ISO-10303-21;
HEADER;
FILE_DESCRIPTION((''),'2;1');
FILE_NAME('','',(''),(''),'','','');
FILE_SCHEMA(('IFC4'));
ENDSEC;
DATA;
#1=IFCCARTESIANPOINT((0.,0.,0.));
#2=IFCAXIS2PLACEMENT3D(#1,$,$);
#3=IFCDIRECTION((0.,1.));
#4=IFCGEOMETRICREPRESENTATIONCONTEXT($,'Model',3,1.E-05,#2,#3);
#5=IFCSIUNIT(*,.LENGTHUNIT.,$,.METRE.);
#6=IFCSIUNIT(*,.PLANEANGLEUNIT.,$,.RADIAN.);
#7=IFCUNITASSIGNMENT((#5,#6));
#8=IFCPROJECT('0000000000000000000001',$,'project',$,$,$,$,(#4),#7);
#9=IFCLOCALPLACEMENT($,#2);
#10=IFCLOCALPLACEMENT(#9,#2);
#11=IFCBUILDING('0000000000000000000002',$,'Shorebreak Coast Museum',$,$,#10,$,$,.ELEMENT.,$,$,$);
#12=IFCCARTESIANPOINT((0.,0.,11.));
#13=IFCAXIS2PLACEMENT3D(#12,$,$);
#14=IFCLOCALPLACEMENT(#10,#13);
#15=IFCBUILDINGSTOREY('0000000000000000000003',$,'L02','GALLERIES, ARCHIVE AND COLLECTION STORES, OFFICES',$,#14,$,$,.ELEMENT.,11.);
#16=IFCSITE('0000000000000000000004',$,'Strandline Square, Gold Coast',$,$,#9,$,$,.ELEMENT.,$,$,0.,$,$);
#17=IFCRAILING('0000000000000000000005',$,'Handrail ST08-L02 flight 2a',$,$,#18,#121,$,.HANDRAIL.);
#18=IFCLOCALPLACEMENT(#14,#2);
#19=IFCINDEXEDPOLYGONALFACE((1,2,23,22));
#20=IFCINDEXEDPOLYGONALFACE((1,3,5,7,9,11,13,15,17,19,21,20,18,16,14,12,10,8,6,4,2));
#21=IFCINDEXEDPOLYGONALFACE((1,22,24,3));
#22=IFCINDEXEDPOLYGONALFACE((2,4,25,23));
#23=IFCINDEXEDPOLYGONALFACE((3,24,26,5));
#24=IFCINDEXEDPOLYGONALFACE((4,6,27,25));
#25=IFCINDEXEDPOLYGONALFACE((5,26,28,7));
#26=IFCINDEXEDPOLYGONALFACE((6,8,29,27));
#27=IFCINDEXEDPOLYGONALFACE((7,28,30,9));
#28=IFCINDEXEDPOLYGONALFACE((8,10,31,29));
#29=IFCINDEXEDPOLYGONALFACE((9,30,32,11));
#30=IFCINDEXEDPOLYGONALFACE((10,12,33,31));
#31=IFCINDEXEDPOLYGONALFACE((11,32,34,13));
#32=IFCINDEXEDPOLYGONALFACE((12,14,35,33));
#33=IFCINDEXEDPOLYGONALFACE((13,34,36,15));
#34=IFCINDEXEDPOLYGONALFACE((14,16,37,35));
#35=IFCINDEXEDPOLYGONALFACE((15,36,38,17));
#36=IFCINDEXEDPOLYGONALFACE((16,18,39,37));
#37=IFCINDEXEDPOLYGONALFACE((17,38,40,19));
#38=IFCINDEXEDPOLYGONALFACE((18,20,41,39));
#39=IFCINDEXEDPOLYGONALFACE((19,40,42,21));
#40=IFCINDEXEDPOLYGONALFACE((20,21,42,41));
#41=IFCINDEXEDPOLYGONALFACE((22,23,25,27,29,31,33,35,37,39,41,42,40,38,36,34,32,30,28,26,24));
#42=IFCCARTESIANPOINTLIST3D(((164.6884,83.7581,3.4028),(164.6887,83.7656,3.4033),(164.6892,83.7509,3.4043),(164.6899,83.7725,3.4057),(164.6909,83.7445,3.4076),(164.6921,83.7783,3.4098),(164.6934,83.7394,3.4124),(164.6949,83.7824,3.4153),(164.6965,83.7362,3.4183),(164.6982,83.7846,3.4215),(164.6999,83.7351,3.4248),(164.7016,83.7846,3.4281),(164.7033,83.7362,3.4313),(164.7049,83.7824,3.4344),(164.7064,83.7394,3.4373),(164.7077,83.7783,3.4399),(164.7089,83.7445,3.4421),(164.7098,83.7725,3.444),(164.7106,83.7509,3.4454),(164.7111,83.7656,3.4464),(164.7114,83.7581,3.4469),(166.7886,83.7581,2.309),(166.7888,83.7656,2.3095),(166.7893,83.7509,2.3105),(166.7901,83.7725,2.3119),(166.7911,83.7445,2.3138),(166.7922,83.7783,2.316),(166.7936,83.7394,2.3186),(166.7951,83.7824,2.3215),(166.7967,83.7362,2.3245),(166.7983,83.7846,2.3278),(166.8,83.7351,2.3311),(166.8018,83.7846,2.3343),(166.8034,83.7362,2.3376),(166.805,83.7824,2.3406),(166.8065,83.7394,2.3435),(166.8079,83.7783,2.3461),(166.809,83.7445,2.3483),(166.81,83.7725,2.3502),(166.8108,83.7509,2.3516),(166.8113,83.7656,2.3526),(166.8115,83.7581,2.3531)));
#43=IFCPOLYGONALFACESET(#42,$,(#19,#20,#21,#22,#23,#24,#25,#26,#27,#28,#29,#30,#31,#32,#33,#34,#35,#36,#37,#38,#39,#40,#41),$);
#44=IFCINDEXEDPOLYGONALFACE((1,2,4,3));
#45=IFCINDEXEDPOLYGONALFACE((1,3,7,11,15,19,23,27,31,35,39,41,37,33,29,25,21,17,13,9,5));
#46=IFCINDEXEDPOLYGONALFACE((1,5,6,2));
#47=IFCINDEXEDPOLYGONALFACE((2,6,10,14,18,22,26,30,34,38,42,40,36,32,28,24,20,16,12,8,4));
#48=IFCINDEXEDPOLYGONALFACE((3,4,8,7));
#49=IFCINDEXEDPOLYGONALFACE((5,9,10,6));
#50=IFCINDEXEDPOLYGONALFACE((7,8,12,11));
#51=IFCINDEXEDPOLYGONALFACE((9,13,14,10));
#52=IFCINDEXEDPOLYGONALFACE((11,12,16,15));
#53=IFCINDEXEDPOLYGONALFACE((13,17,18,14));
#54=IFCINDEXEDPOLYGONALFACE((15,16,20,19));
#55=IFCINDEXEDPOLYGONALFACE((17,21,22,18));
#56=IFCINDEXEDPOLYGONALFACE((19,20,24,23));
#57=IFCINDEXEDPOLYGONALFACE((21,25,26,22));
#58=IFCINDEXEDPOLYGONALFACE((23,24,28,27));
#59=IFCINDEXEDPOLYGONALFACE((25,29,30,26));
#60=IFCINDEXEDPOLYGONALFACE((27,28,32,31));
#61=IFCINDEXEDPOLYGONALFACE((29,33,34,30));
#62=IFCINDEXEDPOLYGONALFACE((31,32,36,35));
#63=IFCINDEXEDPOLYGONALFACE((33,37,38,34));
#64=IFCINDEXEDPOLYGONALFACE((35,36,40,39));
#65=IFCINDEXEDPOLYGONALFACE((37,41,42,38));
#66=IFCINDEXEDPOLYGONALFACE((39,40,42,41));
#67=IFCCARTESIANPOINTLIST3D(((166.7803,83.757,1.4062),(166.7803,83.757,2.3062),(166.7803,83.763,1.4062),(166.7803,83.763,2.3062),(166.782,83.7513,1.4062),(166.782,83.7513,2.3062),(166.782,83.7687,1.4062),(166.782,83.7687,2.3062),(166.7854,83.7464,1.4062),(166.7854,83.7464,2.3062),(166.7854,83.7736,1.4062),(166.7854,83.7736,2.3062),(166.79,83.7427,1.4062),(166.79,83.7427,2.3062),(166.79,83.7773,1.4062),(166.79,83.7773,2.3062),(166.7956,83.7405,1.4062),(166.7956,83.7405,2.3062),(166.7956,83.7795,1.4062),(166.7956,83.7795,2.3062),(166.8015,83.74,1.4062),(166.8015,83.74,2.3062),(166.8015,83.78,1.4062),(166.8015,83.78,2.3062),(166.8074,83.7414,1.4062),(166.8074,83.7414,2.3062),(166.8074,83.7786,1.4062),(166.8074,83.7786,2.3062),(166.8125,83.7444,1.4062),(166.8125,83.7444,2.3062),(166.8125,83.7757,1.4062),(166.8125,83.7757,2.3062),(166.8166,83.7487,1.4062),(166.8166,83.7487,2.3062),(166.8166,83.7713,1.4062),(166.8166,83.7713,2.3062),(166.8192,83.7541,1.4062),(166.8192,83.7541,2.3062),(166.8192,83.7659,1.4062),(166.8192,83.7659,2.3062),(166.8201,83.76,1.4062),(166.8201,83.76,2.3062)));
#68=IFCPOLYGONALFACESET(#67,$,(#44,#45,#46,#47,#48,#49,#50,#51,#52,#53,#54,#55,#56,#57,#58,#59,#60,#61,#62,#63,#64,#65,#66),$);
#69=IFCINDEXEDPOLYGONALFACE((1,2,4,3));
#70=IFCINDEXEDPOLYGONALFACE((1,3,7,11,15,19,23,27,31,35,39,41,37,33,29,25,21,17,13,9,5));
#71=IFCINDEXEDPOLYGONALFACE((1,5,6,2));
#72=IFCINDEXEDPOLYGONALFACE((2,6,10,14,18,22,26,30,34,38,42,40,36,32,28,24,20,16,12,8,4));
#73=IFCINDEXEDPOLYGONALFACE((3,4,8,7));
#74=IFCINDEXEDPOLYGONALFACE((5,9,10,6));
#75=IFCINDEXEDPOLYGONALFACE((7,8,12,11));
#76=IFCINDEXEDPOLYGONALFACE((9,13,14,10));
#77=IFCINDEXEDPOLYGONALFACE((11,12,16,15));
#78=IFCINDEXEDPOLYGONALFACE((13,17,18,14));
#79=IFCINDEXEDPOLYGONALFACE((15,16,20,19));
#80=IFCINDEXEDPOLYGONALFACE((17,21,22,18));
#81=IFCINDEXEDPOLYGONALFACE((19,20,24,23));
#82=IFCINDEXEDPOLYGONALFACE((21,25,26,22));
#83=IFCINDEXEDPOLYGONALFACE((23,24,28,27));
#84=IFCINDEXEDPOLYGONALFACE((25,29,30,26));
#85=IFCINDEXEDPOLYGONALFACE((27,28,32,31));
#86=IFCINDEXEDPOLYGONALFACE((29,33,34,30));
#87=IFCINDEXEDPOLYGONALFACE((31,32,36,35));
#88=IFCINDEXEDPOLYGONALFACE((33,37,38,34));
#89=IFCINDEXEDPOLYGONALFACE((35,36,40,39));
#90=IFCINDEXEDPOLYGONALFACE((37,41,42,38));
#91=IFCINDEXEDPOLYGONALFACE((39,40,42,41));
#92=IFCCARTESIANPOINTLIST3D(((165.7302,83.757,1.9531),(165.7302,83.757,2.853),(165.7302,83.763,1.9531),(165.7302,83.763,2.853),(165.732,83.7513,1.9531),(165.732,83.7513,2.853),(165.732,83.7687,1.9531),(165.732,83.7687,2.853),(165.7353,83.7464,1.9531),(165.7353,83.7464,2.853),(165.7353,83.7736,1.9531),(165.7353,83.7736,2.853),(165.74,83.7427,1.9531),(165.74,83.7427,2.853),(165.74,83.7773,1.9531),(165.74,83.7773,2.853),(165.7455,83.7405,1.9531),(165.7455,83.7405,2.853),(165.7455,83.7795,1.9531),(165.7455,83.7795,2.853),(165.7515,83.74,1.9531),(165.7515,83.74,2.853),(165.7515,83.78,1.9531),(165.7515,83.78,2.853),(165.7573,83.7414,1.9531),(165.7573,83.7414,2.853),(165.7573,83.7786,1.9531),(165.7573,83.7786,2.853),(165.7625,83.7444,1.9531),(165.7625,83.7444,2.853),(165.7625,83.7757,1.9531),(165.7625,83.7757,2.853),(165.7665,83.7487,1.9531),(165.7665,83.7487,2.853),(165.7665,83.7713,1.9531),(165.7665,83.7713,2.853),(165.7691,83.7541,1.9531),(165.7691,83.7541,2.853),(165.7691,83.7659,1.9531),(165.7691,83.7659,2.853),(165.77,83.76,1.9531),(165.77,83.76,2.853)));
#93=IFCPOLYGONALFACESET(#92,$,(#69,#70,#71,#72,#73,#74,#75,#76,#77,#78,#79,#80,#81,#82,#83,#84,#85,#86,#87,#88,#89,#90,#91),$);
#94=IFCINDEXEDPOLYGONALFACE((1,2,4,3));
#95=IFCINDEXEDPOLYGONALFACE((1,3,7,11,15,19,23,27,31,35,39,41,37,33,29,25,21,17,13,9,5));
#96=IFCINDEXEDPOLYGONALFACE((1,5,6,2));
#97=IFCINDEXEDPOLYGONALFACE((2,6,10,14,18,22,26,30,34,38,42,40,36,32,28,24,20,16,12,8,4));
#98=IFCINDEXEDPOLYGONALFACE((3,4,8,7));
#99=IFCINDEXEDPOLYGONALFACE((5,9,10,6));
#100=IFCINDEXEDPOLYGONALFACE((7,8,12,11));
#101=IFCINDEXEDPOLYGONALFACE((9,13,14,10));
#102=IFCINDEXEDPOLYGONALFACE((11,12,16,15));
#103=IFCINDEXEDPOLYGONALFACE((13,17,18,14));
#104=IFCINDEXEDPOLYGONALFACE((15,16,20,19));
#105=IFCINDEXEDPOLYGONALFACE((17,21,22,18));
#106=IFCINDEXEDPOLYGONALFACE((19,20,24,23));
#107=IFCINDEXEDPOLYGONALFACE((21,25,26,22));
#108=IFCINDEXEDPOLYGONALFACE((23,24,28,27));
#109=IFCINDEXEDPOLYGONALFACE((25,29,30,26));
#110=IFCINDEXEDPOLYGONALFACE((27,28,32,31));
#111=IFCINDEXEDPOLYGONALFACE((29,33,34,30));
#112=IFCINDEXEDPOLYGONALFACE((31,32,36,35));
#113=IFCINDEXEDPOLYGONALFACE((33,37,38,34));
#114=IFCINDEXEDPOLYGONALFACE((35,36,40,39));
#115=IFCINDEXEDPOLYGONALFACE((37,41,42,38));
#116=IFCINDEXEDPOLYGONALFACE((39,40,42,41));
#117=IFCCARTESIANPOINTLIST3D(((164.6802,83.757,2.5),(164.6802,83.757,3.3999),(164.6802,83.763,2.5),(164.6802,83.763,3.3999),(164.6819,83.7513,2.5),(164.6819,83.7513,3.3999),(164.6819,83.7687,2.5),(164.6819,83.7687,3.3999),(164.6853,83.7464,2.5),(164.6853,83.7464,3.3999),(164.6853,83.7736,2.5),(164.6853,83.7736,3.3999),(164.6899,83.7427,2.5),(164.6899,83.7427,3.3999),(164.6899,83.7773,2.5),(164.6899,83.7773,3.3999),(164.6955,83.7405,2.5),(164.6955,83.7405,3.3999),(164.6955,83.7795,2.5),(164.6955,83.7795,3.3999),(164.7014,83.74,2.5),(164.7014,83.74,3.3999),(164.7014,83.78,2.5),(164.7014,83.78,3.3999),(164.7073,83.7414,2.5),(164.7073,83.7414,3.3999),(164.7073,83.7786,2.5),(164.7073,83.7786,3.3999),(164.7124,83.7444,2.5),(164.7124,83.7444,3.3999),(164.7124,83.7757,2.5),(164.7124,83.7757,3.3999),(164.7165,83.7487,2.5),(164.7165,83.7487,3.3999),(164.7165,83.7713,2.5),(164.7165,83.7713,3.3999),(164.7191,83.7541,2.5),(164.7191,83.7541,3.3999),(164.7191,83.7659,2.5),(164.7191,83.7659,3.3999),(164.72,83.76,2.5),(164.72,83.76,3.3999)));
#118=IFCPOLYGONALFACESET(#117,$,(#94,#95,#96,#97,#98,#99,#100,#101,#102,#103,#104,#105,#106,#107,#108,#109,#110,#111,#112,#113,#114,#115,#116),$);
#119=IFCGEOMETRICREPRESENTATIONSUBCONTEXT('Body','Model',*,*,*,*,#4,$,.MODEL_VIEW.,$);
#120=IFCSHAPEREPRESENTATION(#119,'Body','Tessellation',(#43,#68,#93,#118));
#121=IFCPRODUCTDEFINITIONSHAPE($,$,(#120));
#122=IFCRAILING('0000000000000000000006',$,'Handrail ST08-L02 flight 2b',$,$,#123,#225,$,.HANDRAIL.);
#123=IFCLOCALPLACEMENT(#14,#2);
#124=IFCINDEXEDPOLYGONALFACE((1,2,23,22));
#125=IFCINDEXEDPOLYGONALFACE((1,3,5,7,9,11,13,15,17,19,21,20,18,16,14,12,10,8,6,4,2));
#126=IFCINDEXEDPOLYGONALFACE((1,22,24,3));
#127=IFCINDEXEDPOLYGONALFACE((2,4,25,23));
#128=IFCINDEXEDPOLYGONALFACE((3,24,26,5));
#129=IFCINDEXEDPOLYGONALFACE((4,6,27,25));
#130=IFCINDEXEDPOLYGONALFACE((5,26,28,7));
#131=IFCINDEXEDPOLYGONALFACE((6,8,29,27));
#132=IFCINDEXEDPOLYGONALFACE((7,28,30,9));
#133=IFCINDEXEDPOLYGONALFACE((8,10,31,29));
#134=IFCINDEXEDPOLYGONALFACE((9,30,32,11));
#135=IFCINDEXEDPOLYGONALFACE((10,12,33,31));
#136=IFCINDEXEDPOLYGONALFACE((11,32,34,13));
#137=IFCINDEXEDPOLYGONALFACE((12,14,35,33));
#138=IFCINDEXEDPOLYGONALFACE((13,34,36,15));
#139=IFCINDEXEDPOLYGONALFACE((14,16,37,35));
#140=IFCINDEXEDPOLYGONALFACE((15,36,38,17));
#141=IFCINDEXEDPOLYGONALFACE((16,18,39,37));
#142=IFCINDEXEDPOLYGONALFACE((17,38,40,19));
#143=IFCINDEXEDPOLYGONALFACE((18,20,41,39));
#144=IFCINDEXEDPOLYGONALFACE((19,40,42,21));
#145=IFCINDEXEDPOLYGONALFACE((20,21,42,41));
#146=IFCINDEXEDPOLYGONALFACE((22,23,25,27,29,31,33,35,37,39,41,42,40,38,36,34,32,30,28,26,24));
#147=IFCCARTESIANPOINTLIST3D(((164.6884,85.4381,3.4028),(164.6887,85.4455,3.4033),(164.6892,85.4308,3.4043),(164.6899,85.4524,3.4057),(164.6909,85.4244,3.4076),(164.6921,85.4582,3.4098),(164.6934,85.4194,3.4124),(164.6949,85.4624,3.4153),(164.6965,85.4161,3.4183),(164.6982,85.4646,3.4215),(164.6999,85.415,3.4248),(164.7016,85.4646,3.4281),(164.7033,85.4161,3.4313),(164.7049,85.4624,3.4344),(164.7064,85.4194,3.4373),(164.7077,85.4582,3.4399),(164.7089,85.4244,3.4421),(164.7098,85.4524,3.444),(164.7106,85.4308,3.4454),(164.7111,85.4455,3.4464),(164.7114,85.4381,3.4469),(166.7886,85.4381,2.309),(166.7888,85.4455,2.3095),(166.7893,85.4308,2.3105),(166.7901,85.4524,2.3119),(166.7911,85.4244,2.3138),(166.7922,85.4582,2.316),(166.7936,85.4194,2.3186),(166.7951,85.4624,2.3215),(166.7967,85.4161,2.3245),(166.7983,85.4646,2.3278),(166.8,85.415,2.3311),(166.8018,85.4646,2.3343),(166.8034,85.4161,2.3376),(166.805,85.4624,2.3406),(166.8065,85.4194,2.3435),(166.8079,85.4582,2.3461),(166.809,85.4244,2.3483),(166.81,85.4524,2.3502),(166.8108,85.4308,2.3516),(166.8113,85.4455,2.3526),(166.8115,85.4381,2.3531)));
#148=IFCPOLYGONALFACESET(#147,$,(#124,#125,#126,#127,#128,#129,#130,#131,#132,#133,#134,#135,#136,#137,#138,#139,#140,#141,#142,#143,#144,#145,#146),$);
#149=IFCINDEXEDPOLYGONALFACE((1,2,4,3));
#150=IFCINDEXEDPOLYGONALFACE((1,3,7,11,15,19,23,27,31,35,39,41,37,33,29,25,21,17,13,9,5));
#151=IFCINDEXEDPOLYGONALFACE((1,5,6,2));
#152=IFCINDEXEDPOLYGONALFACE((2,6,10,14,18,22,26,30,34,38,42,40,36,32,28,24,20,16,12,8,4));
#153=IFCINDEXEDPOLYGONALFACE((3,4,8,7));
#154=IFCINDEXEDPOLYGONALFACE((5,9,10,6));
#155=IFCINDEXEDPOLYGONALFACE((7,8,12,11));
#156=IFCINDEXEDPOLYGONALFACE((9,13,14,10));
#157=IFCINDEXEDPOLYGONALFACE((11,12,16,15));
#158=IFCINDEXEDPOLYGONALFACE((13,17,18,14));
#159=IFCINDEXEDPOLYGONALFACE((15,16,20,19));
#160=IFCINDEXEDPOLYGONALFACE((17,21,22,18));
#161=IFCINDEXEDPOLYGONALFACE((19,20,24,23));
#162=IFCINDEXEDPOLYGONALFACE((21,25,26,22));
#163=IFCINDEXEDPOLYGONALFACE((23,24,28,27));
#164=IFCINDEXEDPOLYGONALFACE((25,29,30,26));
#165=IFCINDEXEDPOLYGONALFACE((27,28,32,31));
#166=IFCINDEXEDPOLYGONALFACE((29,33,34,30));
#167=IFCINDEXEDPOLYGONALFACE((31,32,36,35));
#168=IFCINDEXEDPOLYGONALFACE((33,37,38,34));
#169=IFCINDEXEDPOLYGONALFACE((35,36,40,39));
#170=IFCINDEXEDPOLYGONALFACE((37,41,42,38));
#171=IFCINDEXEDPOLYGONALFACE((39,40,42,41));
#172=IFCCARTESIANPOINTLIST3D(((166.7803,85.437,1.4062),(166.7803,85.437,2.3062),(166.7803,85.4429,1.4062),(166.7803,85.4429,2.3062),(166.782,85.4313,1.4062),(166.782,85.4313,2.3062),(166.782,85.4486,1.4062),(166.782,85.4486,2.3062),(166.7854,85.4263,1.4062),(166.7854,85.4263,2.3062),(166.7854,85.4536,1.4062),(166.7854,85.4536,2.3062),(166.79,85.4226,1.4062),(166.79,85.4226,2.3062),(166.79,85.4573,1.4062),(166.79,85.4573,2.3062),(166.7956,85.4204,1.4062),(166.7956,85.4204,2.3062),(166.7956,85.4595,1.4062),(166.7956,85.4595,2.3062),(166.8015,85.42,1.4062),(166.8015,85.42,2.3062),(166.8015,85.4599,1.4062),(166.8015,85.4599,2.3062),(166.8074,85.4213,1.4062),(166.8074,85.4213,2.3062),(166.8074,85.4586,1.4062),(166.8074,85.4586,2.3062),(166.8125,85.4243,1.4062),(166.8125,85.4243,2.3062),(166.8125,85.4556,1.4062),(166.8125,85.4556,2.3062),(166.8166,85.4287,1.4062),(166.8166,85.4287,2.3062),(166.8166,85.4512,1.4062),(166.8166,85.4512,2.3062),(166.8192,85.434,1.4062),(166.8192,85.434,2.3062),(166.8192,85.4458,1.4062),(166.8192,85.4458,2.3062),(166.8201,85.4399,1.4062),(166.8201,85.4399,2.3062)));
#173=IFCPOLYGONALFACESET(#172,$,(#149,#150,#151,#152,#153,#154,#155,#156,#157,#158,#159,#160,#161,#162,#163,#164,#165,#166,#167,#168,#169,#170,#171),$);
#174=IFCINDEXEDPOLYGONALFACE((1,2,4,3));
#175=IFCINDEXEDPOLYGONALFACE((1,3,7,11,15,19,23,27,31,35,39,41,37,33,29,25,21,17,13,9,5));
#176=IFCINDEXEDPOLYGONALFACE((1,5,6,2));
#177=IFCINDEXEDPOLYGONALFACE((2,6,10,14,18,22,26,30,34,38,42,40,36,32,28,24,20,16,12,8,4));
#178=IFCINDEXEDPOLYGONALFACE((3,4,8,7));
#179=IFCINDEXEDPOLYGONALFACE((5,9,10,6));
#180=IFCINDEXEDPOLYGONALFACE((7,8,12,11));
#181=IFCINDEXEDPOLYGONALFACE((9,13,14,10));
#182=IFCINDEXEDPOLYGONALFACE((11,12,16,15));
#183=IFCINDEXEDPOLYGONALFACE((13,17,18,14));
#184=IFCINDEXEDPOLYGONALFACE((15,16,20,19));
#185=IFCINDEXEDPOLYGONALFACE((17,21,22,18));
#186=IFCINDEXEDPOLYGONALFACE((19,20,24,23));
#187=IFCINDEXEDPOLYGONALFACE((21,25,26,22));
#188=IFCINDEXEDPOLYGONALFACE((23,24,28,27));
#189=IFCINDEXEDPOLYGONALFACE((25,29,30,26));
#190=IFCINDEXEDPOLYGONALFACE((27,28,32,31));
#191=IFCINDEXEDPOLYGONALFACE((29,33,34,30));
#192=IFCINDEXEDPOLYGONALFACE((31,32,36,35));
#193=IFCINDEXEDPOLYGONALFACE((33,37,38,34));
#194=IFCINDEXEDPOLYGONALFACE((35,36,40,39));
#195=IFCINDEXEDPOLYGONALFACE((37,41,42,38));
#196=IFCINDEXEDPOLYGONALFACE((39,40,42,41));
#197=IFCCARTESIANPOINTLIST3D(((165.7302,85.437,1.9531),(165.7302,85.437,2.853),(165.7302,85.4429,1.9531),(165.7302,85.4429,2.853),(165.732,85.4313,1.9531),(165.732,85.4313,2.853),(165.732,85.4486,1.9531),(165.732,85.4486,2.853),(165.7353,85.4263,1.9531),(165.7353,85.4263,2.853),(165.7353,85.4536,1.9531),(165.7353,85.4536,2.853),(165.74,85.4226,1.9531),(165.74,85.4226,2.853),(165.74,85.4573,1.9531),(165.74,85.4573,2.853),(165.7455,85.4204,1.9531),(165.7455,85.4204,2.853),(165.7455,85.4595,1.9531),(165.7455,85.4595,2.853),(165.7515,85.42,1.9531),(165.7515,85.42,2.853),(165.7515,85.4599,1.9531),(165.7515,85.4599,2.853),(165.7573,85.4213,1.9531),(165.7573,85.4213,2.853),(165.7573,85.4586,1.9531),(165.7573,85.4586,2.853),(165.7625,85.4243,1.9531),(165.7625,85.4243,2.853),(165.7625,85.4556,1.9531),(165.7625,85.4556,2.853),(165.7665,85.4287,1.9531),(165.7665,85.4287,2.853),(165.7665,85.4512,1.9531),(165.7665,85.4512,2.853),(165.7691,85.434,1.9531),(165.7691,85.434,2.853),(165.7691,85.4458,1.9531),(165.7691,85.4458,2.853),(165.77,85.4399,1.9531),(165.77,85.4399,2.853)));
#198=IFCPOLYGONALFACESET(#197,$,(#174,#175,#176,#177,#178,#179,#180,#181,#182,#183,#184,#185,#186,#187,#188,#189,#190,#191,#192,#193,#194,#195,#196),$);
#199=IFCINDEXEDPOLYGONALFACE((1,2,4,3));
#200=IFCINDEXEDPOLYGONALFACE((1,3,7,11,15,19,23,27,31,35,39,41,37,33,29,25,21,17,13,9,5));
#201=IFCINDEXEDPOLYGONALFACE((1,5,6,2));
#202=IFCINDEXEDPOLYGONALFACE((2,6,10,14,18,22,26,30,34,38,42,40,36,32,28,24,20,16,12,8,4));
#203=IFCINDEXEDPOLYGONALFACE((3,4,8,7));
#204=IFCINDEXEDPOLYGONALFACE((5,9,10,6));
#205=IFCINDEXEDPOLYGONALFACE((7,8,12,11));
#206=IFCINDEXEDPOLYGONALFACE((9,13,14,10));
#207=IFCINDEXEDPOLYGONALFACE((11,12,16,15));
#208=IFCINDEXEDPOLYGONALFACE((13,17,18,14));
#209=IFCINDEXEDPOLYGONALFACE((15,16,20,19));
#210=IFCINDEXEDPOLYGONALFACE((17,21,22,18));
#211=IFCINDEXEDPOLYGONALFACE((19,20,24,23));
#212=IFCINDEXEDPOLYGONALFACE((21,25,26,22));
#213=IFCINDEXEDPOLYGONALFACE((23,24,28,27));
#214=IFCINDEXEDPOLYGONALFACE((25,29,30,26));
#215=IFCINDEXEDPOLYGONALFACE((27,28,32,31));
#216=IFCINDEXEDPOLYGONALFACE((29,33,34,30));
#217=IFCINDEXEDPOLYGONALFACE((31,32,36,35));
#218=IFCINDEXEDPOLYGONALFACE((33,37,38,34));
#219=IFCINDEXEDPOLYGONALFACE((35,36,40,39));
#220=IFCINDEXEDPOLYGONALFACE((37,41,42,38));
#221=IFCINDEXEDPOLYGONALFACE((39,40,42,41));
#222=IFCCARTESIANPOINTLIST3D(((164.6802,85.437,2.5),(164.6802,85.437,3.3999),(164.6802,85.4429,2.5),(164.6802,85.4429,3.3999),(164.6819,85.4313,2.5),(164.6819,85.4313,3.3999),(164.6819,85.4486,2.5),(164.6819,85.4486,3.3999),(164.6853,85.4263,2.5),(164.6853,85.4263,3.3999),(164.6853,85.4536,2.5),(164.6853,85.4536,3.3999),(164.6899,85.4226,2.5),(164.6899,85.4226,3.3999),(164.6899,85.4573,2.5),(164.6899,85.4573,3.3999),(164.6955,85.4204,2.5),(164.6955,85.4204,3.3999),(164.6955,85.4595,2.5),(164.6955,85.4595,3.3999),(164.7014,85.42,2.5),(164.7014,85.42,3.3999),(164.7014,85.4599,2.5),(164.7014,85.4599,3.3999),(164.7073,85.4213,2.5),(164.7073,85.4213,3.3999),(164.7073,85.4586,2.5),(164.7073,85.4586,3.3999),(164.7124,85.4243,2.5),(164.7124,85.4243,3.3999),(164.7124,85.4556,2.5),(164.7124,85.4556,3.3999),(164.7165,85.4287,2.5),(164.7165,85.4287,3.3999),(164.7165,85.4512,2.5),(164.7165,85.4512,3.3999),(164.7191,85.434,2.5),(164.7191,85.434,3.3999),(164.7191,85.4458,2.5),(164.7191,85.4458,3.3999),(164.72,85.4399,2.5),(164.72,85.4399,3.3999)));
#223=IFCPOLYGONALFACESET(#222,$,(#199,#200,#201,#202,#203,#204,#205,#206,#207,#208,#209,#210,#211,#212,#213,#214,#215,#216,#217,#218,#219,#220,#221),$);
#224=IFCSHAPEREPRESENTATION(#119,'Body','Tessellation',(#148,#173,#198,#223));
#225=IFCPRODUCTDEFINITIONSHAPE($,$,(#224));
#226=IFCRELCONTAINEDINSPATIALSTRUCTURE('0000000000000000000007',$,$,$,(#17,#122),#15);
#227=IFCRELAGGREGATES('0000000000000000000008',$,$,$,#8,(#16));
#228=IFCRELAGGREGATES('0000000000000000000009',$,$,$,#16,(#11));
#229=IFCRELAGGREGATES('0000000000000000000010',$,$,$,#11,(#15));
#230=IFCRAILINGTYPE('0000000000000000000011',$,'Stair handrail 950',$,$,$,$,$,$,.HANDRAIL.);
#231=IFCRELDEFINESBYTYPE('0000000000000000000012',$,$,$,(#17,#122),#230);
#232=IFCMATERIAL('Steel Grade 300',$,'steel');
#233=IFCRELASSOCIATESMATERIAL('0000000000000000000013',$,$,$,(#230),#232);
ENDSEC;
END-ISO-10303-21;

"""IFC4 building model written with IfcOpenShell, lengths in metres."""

from ifc_helpers import new_model, si_unit, direction, frame, origin, origin_2d, place, context, subcontext, project, spatial, circle, extrude, material, type_object, element, save


model = new_model("IFC4")

# Units and contexts
model_context = context("Model", 3, precision=1e-05, world=origin(), true_north=direction((0.0, 1.0)))
body_context = subcontext(model_context, "Body", "Model", "MODEL_VIEW")
ifc_project = project(units=[si_unit("LENGTHUNIT", "METRE"), si_unit("PLANEANGLEUNIT", "RADIAN")], contexts=[model_context])

# Site, building, storey
site_placement = place(None, origin())
site = spatial("IfcSite", under=ifc_project, at=site_placement, Name="Strandline Square, Gold Coast", CompositionType="ELEMENT", RefElevation=0.0)
building_placement = place(site_placement, origin())
building = spatial("IfcBuilding", under=site, at=building_placement, Name="Shorebreak Coast Museum", CompositionType="ELEMENT")
storey_placement = place(building_placement, frame((0.0, 0.0, 11.0)))
storey = spatial("IfcBuildingStorey", under=building, at=storey_placement, Name="L02", Description="GALLERIES, ARCHIVE AND COLLECTION STORES, OFFICES", CompositionType="ELEMENT", Elevation=11.0)

# Railings
ifc_material_1 = material(Name="Steel Grade 300", Category="steel")
railing_type_1 = type_object("IfcRailingType", Name="Stair handrail 950", PredefinedType="HANDRAIL", material=ifc_material_1)
for number, where, name in (
    (1, (166.8, 83.76, 1.4062), "Handrail ST08-L02 flight 2a"),
    (2, (166.8, 85.4399, 1.4062), "Handrail ST08-L02 flight 2b"),
):
    element("IfcRailing", number, at=place(storey_placement, frame(where)), inside=storey, type_object=railing_type_1, Name=name, PredefinedType="HANDRAIL", context=body_context, shape_type="SweptSolid", body=[
        extrude(circle(Radius=0.0249, at=origin_2d()), frame((0.0, 0.0, 0.9248), z_axis=(-0.886923, 0.0, 0.461918), x_axis=(0.0, -1.0, 0.0)), (0.0, 0.0, 1.0), 2.3679),
        extrude(circle(Radius=0.02, at=origin_2d()), origin(), (0.0, 0.0, 1.0), 0.8999),
        extrude(circle(Radius=0.02, at=origin_2d()), frame((-1.05, 0.0, 0.5469)), (0.0, 0.0, 1.0), 0.8999),
        extrude(circle(Radius=0.02, at=origin_2d()), frame((-2.1001, 0.0, 1.0938)), (0.0, 0.0, 1.0), 0.8999),
    ])

save(model, "model.ifc")
